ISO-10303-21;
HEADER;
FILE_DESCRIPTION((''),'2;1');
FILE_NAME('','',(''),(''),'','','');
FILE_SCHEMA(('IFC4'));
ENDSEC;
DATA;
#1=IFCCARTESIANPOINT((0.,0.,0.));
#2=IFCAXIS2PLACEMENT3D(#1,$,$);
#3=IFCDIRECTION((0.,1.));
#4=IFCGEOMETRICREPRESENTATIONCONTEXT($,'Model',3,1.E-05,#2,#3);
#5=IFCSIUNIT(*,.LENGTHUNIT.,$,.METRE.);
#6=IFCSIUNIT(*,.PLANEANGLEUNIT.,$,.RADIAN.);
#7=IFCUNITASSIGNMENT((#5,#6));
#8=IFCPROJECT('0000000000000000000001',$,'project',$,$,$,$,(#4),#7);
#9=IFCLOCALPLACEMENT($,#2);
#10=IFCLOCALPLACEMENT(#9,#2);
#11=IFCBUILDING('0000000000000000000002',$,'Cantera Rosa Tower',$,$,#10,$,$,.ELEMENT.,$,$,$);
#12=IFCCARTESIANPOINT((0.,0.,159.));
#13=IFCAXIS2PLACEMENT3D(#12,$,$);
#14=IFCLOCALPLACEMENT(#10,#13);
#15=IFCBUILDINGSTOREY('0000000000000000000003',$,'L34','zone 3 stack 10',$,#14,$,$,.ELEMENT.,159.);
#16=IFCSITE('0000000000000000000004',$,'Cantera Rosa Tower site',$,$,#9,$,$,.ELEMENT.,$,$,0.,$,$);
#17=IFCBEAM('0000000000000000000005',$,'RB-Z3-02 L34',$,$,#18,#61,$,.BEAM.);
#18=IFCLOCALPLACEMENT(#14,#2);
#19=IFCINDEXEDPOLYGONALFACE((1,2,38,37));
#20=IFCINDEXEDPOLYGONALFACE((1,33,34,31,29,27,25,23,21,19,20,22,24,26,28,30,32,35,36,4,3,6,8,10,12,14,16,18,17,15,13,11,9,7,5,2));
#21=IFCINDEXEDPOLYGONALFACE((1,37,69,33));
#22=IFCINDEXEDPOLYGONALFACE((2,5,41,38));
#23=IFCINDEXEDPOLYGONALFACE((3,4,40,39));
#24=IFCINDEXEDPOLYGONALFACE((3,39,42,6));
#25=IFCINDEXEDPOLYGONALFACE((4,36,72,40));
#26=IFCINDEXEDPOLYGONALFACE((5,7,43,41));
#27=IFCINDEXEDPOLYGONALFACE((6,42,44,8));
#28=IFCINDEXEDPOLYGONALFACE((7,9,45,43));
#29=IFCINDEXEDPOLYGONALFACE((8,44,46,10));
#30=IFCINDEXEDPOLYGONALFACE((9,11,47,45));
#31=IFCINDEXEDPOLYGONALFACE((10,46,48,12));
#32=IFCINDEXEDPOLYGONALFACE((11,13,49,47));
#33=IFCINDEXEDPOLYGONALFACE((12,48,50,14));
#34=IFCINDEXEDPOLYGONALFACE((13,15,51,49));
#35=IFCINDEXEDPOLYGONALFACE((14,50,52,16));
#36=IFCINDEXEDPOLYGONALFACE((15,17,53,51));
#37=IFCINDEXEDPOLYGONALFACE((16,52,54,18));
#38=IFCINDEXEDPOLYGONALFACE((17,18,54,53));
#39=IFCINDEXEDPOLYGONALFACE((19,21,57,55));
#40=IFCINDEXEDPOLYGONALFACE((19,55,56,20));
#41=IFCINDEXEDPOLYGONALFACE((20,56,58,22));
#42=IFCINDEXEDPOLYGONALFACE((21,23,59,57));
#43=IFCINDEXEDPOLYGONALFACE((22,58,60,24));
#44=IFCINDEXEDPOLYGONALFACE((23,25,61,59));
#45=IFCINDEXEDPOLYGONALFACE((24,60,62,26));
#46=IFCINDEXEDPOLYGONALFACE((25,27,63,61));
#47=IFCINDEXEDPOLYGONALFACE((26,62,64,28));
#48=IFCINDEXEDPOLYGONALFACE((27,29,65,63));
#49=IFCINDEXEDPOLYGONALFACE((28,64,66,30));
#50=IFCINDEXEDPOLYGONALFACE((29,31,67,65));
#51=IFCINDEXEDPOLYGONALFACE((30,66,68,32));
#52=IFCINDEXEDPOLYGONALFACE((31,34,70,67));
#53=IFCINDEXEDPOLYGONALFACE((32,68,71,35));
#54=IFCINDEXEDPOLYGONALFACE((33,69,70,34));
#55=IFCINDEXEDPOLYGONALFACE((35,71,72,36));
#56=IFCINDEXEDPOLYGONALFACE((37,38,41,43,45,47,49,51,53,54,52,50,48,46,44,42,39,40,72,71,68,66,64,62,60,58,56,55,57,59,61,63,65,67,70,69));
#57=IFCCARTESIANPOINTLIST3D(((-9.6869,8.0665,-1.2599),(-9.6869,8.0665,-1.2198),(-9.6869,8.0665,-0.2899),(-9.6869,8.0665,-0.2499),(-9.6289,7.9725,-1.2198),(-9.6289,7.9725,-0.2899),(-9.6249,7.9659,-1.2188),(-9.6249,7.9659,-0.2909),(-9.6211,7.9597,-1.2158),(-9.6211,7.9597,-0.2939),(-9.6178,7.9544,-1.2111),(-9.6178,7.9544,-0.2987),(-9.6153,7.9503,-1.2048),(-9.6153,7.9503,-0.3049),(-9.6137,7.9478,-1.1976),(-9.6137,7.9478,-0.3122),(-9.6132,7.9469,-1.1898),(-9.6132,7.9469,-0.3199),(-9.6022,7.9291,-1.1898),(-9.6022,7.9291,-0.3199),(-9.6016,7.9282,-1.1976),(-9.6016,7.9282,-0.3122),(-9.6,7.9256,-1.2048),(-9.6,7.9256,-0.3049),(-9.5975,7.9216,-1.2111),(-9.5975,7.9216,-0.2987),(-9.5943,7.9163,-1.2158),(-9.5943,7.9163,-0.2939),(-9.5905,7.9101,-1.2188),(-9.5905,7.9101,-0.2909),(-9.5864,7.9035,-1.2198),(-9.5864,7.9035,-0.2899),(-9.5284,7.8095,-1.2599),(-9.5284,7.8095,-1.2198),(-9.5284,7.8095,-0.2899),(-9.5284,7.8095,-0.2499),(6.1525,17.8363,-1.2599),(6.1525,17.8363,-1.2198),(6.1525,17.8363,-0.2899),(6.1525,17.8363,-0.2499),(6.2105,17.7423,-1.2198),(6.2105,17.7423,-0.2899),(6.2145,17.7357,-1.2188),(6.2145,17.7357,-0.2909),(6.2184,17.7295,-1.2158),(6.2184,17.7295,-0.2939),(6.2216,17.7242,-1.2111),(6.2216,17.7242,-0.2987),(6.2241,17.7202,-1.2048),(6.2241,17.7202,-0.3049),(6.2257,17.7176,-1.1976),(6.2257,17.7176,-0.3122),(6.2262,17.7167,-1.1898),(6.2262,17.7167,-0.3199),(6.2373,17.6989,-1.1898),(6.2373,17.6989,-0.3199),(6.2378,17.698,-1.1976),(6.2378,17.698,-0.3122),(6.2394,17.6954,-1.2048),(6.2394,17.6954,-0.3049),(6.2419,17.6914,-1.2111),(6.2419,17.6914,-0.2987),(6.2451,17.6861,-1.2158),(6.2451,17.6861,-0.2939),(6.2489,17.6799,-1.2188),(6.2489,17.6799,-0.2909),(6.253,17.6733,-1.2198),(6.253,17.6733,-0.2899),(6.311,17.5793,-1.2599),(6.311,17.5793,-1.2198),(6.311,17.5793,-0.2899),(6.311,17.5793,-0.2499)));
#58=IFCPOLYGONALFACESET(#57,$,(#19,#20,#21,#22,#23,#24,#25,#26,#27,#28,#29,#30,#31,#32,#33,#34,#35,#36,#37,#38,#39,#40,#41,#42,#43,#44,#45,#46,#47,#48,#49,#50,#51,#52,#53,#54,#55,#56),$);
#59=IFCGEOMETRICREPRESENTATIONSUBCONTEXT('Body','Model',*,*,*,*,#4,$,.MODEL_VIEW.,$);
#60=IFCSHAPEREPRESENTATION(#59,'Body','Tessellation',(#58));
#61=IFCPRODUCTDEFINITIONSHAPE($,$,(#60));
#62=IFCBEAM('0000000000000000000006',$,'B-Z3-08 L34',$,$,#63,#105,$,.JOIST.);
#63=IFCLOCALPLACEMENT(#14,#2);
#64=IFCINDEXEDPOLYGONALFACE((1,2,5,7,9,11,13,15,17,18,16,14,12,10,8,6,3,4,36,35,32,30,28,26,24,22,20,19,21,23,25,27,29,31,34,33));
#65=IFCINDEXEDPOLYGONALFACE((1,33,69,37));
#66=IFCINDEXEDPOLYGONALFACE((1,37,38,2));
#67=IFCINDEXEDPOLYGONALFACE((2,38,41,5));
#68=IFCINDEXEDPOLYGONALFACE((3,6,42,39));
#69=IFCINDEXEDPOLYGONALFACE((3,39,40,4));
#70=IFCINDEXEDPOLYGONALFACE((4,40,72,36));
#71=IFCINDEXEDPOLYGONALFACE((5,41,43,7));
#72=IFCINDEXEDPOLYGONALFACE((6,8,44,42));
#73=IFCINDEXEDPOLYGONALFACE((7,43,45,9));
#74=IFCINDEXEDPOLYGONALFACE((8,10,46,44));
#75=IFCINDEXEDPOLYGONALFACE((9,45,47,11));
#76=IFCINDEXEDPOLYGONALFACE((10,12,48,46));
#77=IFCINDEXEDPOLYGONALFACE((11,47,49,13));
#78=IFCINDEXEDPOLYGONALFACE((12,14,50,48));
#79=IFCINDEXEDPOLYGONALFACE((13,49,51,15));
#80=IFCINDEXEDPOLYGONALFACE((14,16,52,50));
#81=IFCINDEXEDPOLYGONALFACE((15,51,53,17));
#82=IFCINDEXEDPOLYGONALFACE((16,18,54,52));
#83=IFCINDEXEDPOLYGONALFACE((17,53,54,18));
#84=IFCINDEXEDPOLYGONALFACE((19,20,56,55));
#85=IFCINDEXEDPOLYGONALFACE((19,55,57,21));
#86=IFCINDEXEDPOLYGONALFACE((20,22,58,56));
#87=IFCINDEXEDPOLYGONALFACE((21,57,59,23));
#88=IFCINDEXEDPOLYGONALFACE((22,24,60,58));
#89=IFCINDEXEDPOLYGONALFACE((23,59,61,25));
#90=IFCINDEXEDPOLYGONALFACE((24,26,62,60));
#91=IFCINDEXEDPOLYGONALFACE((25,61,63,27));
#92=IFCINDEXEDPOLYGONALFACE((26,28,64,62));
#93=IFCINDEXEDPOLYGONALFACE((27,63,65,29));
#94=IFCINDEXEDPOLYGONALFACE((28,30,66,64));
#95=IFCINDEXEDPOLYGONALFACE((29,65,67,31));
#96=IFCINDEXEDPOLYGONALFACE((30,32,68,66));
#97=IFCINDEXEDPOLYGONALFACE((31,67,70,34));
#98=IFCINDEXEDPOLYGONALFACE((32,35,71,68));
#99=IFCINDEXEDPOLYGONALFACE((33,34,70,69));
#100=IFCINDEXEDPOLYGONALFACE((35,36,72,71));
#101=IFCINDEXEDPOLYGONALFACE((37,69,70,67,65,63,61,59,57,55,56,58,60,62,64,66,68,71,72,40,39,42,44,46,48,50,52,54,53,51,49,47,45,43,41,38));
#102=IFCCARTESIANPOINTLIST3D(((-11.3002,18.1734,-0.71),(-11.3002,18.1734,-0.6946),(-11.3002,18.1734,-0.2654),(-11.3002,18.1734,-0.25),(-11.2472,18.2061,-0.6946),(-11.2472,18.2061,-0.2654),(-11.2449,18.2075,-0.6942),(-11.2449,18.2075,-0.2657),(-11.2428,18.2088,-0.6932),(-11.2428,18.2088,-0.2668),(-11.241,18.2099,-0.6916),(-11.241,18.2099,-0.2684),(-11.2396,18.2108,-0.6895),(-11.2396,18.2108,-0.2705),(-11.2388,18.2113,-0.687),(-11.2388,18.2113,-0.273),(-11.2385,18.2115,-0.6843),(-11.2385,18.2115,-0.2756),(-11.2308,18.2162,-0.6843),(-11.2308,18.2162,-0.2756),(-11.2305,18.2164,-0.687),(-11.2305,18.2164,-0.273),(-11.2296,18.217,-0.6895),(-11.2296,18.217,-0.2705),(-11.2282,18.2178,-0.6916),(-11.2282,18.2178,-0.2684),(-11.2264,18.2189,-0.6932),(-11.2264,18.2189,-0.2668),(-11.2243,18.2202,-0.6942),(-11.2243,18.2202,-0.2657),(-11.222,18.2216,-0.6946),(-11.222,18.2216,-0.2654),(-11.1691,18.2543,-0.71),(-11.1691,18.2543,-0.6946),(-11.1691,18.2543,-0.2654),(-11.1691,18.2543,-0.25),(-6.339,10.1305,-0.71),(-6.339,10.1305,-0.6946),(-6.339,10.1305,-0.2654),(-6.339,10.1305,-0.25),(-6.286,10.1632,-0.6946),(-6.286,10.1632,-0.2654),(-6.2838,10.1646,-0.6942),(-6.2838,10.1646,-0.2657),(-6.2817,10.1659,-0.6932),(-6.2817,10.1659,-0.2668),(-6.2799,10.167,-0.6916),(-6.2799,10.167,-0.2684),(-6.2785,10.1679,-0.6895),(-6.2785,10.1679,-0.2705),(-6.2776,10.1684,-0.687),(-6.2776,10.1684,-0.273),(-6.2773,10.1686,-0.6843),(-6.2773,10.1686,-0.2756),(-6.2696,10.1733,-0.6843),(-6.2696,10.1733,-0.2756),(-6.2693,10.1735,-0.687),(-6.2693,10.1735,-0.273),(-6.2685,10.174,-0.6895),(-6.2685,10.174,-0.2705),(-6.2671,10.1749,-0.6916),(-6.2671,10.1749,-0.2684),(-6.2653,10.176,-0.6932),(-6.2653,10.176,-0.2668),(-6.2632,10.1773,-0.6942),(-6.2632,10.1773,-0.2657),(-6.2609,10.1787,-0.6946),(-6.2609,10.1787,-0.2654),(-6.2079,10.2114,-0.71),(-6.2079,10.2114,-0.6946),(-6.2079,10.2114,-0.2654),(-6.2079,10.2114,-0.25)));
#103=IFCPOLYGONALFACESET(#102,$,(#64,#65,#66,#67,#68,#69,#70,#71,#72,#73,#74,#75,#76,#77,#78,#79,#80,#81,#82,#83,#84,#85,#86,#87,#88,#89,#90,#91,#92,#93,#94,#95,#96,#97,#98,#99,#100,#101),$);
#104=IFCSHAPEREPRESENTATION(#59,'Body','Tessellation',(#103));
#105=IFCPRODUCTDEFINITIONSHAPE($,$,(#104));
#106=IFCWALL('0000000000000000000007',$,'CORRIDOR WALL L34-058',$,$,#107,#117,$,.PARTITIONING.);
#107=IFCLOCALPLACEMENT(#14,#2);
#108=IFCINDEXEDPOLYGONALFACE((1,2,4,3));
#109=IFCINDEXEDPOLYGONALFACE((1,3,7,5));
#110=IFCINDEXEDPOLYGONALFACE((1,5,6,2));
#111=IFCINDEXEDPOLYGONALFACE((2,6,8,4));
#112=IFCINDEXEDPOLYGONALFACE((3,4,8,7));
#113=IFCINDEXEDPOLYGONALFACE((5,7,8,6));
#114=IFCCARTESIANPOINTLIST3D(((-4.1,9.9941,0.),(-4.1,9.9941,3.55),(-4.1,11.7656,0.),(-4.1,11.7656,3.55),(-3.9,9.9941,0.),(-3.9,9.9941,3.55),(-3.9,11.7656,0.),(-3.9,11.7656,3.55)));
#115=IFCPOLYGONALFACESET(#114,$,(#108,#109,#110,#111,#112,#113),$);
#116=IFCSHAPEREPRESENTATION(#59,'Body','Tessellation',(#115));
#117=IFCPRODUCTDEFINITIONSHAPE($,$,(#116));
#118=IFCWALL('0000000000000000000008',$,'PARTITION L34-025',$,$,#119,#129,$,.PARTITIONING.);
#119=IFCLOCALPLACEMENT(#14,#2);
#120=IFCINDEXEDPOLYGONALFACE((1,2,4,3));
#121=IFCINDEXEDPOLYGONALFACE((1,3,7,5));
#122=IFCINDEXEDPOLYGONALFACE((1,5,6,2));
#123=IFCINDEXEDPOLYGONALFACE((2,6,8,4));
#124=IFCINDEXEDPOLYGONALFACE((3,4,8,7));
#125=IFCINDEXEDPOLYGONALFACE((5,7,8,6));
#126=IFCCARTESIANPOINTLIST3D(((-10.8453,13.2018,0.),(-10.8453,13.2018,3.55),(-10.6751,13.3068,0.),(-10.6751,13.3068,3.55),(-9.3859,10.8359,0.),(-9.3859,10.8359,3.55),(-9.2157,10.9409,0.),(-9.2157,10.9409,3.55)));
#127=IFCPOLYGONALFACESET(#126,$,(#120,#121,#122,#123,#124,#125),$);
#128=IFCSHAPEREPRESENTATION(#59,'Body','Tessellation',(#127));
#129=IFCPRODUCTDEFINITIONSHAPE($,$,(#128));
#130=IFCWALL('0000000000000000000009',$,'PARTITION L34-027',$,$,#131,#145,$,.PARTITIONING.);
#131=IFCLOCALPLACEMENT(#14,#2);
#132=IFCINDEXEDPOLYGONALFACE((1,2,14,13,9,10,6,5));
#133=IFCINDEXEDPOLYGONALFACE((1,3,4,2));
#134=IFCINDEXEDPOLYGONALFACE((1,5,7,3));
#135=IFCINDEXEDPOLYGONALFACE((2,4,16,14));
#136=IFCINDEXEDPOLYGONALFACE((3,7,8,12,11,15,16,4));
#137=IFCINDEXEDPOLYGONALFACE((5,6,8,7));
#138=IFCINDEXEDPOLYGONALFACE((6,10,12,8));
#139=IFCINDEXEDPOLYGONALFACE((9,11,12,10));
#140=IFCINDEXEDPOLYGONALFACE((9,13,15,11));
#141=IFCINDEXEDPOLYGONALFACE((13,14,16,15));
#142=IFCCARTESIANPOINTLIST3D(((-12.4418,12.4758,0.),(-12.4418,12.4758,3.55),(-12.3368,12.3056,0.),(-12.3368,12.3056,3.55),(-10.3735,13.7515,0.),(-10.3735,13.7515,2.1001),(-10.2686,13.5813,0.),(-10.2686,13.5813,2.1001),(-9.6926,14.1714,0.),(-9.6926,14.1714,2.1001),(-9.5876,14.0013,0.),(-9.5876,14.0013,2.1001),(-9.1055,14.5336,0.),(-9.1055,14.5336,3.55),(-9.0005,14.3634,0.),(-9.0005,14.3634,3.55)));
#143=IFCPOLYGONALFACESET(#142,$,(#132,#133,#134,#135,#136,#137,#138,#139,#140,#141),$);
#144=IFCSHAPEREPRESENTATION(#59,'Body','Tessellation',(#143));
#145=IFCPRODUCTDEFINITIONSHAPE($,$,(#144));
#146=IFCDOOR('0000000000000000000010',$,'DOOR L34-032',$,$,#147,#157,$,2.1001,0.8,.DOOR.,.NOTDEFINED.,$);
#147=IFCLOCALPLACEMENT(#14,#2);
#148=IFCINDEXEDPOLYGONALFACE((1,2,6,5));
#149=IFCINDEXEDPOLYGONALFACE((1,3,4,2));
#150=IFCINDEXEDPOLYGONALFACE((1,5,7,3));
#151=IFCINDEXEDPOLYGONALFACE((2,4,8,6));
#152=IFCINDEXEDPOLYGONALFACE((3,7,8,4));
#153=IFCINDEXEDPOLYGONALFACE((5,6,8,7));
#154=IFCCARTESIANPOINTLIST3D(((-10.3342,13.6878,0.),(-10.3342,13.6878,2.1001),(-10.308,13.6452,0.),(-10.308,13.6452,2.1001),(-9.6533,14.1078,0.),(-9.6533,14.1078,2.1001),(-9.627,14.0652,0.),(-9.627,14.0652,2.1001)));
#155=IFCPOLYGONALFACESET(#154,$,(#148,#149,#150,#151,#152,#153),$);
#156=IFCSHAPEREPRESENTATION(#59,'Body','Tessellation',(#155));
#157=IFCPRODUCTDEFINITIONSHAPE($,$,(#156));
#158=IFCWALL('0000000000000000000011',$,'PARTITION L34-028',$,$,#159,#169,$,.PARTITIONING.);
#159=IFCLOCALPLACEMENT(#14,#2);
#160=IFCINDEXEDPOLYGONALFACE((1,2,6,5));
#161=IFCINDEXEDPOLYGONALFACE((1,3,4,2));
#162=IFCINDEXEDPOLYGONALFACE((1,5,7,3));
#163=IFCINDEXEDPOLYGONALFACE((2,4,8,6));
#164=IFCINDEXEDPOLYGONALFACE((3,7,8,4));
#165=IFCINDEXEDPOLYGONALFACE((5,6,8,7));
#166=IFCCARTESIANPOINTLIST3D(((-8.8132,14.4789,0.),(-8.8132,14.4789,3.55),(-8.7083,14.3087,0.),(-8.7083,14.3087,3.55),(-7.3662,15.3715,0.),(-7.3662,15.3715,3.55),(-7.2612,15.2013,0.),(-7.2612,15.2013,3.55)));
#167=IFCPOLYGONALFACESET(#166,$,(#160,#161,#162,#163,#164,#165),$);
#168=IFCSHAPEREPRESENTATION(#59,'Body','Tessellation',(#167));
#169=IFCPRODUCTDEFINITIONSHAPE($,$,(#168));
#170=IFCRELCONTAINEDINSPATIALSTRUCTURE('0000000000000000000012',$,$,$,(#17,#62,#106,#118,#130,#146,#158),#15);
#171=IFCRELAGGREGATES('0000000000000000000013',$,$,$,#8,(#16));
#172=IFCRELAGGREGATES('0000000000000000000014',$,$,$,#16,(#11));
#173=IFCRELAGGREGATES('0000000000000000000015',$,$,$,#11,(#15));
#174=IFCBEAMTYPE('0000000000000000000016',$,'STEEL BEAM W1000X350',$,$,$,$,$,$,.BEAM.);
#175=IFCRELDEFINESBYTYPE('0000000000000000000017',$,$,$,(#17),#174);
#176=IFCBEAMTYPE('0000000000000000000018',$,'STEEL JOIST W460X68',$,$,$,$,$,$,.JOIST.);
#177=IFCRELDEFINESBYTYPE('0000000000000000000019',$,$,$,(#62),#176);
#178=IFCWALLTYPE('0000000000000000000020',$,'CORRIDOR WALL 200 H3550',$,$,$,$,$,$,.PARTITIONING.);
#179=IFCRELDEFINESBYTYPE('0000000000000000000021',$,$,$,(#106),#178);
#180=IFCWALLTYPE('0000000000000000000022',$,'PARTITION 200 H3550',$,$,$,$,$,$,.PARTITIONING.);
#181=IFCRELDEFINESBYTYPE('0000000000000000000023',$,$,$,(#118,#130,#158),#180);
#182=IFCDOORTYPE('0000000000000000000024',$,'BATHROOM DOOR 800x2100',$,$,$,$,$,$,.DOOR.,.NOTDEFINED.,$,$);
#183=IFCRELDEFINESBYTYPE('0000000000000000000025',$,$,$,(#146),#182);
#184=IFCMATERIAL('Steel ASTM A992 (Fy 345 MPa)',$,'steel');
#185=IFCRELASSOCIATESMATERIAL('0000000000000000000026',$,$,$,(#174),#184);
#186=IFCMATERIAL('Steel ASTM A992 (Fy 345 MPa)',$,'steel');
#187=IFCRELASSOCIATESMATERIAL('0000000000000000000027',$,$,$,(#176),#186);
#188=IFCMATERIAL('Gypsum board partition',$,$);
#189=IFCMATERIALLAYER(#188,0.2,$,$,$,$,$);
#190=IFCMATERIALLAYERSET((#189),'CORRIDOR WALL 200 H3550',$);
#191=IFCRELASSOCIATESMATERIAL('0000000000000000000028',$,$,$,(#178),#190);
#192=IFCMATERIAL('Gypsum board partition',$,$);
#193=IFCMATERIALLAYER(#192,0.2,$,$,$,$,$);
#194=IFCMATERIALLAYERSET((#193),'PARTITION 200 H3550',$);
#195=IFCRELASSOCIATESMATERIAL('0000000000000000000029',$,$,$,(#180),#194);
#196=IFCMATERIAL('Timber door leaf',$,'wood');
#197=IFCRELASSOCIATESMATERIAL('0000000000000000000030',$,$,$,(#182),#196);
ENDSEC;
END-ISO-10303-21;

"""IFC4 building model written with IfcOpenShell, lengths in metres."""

from ifc_helpers import new_model, si_unit, direction, frame, frame_2d, origin, origin_2d, place, context, subcontext, project, spatial, rectangle, i_section, extrude, material, layer, layer_set, material_profile, profile_set, type_object, element, fill, save


model = new_model("IFC4")

# Units and contexts
model_context = context("Model", 3, precision=1e-05, world=origin(), true_north=direction((0.0, 1.0)))
body_context = subcontext(model_context, "Body", "Model", "MODEL_VIEW")
ifc_project = project(units=[si_unit("LENGTHUNIT", "METRE"), si_unit("PLANEANGLEUNIT", "RADIAN")], contexts=[model_context])

# Site, building, storey
site_placement = place(None, origin())
site = spatial("IfcSite", under=ifc_project, at=site_placement, Name="Cantera Rosa Tower site", CompositionType="ELEMENT", RefElevation=0.0)
building_placement = place(site_placement, origin())
building = spatial("IfcBuilding", under=site, at=building_placement, Name="Cantera Rosa Tower", CompositionType="ELEMENT")
storey_placement = place(building_placement, frame((0.0, 0.0, 159.0)))
storey = spatial("IfcBuildingStorey", under=building, at=storey_placement, Name="L34", Description="zone 3 stack 10", CompositionType="ELEMENT", Elevation=159.0)

# Beams
ifc_material_1 = material(Name="Steel ASTM A992 (Fy 345 MPa)", Category="steel")
ifc_material_profile_1 = material_profile(ifc_material_1, i_section(OverallWidth=0.302, OverallDepth=1.01, WebThickness=0.021, FlangeThickness=0.04, FilletRadius=0.03, at=origin_2d()), Name="W1000X350")
ifc_profile_set_1 = profile_set([ifc_material_profile_1], Name="Steel ASTM A992 (Fy 345 MPa)")
beam_type_1 = type_object("IfcBeamType", Name="STEEL BEAM W1000X350", PredefinedType="BEAM", material=ifc_profile_set_1)
beam_1_placement = place(storey_placement, frame((-9.6077, 7.938, -0.7549), z_axis=(0.851119, 0.524973, 0.0), x_axis=(-0.524973, 0.851119, 0.0)))
element("IfcBeam", 1, at=beam_1_placement, inside=storey, type_object=beam_type_1, Name="RB-Z3-02 L34", PredefinedType="BEAM", context=body_context, shape_type="SweptSolid", body=[
    extrude(i_section(OverallWidth=0.302, OverallDepth=1.01, WebThickness=0.021, FlangeThickness=0.04, FilletRadius=0.03, at=origin_2d()), origin(), (0.0, 0.0, 1.0), 18.6101),
])
ifc_material_2 = material(Name="Steel ASTM A992 (Fy 345 MPa)", Category="steel")
ifc_material_profile_2 = material_profile(ifc_material_2, i_section(OverallWidth=0.1541, OverallDepth=0.46, WebThickness=0.009, FlangeThickness=0.0154, FilletRadius=0.0103, at=origin_2d()), Name="W460X68")
ifc_profile_set_2 = profile_set([ifc_material_profile_2], Name="Steel ASTM A992 (Fy 345 MPa)")
beam_type_2 = type_object("IfcBeamType", Name="STEEL JOIST W460X68", PredefinedType="JOIST", material=ifc_profile_set_2)
beam_2_placement = place(storey_placement, frame((-11.2346, 18.2139, -0.48), z_axis=(0.524992, -0.851107, 0.0), x_axis=(0.851107, 0.524992, 0.0)))
element("IfcBeam", 2, at=beam_2_placement, inside=storey, type_object=beam_type_2, Name="B-Z3-08 L34", PredefinedType="JOIST", context=body_context, shape_type="SweptSolid", body=[
    extrude(i_section(OverallWidth=0.1541, OverallDepth=0.46, WebThickness=0.009, FlangeThickness=0.0154, FilletRadius=0.0103, at=origin_2d()), origin(), (0.0, 0.0, 1.0), 9.45),
])

# Walls
ifc_material_3 = material(Name="Gypsum board partition")
ifc_layer_1 = layer(ifc_material_3, 0.2)
ifc_layer_set_1 = layer_set([ifc_layer_1], Name="CORRIDOR WALL 200 H3550")
wall_type_1 = type_object("IfcWallType", Name="CORRIDOR WALL 200 H3550", PredefinedType="PARTITIONING", material=ifc_layer_set_1)
wall_1_placement = place(storey_placement, frame((-4.0, 11.7656, 0.0), z_axis=(0.0, 0.0, 1.0), x_axis=(0.0, -1.0, 0.0)))
element("IfcWall", 3, at=wall_1_placement, inside=storey, type_object=wall_type_1, Name="CORRIDOR WALL L34-058", PredefinedType="PARTITIONING", context=body_context, shape_type="SweptSolid", body=[
    extrude(rectangle(XDim=1.7715, YDim=0.2, at=frame_2d((0.8857, 0.0))), origin(), (0.0, 0.0, 1.0), 3.55),
])
ifc_material_4 = material(Name="Gypsum board partition")
ifc_layer_2 = layer(ifc_material_4, 0.2)
ifc_layer_set_2 = layer_set([ifc_layer_2], Name="PARTITION 200 H3550")
wall_type_2 = type_object("IfcWallType", Name="PARTITION 200 H3550", PredefinedType="PARTITIONING", material=ifc_layer_set_2)
wall_2_placement = place(storey_placement, frame((-9.3008, 10.8884, 0.0), z_axis=(0.0, 0.0, 1.0), x_axis=(-0.525009, 0.851097, 0.0)))
element("IfcWall", 4, at=wall_2_placement, inside=storey, type_object=wall_type_2, Name="PARTITION L34-025", PredefinedType="PARTITIONING", context=body_context, shape_type="SweptSolid", body=[
    extrude(rectangle(XDim=2.7798, YDim=0.2, at=frame_2d((1.3899, 0.0))), origin(), (0.0, 0.0, 1.0), 3.55),
])

# Wall, opening, door
wall_3_placement = place(storey_placement, frame((-9.053, 14.4485, 0.0), z_axis=(0.0, 0.0, 1.0), x_axis=(-0.851125, -0.524962, 0.0)))
wall_3 = element("IfcWall", 5, at=wall_3_placement, inside=storey, type_object=wall_type_2, Name="PARTITION L34-027", PredefinedType="PARTITIONING", context=body_context, shape_type="SweptSolid", body=[
    extrude(rectangle(XDim=3.9199, YDim=0.2, at=frame_2d((1.96, 0.0))), origin(), (0.0, 0.0, 1.0), 3.55),
])
opening_1_placement = place(wall_3_placement, frame((0.6899, 0.0, 0.0)))
opening_1 = element("IfcOpeningElement", 6, at=opening_1_placement, cuts=wall_3, PredefinedType="OPENING", context=body_context, shape_type="SweptSolid", body=[
    extrude(rectangle(XDim=0.8, YDim=2.1001, at=frame_2d((0.3999, 1.05))), frame((0.0, 0.1099, 0.0), z_axis=(0.0, -1.0, 0.0), x_axis=(1.0, 0.0, 0.0)), (0.0, 0.0, 1.0), 0.22),
])
ifc_material_5 = material(Name="Timber door leaf", Category="wood")
door_type_1 = type_object("IfcDoorType", Name="BATHROOM DOOR 800x2100", OperationType="NOTDEFINED", PredefinedType="DOOR", material=ifc_material_5)
door_1_placement = place(opening_1_placement, origin())
door_1 = element("IfcDoor", 7, at=door_1_placement, inside=storey, type_object=door_type_1, Name="DOOR L34-032", OperationType="NOTDEFINED", OverallHeight=2.1001, OverallWidth=0.8, PredefinedType="DOOR", context=body_context, shape_type="SweptSolid", body=[
    extrude(rectangle(XDim=0.8, YDim=2.1001, at=frame_2d((0.3999, 1.05))), frame((0.0, 0.0249, 0.0), z_axis=(0.0, -1.0, 0.0), x_axis=(1.0, 0.0, 0.0)), (0.0, 0.0, 1.0), 0.05),
])
fill(opening_1, door_1)

# Wall
wall_4_placement = place(storey_placement, frame((-8.7607, 14.3938, 0.0), z_axis=(0.0, 0.0, 1.0), x_axis=(0.851106, 0.524994, 0.0)))
element("IfcWall", 8, at=wall_4_placement, inside=storey, type_object=wall_type_2, Name="PARTITION L34-028", PredefinedType="PARTITIONING", context=body_context, shape_type="SweptSolid", body=[
    extrude(rectangle(XDim=1.7002, YDim=0.2, at=frame_2d((0.8501, 0.0))), origin(), (0.0, 0.0, 1.0), 3.55),
])

save(model, "model.ifc")
